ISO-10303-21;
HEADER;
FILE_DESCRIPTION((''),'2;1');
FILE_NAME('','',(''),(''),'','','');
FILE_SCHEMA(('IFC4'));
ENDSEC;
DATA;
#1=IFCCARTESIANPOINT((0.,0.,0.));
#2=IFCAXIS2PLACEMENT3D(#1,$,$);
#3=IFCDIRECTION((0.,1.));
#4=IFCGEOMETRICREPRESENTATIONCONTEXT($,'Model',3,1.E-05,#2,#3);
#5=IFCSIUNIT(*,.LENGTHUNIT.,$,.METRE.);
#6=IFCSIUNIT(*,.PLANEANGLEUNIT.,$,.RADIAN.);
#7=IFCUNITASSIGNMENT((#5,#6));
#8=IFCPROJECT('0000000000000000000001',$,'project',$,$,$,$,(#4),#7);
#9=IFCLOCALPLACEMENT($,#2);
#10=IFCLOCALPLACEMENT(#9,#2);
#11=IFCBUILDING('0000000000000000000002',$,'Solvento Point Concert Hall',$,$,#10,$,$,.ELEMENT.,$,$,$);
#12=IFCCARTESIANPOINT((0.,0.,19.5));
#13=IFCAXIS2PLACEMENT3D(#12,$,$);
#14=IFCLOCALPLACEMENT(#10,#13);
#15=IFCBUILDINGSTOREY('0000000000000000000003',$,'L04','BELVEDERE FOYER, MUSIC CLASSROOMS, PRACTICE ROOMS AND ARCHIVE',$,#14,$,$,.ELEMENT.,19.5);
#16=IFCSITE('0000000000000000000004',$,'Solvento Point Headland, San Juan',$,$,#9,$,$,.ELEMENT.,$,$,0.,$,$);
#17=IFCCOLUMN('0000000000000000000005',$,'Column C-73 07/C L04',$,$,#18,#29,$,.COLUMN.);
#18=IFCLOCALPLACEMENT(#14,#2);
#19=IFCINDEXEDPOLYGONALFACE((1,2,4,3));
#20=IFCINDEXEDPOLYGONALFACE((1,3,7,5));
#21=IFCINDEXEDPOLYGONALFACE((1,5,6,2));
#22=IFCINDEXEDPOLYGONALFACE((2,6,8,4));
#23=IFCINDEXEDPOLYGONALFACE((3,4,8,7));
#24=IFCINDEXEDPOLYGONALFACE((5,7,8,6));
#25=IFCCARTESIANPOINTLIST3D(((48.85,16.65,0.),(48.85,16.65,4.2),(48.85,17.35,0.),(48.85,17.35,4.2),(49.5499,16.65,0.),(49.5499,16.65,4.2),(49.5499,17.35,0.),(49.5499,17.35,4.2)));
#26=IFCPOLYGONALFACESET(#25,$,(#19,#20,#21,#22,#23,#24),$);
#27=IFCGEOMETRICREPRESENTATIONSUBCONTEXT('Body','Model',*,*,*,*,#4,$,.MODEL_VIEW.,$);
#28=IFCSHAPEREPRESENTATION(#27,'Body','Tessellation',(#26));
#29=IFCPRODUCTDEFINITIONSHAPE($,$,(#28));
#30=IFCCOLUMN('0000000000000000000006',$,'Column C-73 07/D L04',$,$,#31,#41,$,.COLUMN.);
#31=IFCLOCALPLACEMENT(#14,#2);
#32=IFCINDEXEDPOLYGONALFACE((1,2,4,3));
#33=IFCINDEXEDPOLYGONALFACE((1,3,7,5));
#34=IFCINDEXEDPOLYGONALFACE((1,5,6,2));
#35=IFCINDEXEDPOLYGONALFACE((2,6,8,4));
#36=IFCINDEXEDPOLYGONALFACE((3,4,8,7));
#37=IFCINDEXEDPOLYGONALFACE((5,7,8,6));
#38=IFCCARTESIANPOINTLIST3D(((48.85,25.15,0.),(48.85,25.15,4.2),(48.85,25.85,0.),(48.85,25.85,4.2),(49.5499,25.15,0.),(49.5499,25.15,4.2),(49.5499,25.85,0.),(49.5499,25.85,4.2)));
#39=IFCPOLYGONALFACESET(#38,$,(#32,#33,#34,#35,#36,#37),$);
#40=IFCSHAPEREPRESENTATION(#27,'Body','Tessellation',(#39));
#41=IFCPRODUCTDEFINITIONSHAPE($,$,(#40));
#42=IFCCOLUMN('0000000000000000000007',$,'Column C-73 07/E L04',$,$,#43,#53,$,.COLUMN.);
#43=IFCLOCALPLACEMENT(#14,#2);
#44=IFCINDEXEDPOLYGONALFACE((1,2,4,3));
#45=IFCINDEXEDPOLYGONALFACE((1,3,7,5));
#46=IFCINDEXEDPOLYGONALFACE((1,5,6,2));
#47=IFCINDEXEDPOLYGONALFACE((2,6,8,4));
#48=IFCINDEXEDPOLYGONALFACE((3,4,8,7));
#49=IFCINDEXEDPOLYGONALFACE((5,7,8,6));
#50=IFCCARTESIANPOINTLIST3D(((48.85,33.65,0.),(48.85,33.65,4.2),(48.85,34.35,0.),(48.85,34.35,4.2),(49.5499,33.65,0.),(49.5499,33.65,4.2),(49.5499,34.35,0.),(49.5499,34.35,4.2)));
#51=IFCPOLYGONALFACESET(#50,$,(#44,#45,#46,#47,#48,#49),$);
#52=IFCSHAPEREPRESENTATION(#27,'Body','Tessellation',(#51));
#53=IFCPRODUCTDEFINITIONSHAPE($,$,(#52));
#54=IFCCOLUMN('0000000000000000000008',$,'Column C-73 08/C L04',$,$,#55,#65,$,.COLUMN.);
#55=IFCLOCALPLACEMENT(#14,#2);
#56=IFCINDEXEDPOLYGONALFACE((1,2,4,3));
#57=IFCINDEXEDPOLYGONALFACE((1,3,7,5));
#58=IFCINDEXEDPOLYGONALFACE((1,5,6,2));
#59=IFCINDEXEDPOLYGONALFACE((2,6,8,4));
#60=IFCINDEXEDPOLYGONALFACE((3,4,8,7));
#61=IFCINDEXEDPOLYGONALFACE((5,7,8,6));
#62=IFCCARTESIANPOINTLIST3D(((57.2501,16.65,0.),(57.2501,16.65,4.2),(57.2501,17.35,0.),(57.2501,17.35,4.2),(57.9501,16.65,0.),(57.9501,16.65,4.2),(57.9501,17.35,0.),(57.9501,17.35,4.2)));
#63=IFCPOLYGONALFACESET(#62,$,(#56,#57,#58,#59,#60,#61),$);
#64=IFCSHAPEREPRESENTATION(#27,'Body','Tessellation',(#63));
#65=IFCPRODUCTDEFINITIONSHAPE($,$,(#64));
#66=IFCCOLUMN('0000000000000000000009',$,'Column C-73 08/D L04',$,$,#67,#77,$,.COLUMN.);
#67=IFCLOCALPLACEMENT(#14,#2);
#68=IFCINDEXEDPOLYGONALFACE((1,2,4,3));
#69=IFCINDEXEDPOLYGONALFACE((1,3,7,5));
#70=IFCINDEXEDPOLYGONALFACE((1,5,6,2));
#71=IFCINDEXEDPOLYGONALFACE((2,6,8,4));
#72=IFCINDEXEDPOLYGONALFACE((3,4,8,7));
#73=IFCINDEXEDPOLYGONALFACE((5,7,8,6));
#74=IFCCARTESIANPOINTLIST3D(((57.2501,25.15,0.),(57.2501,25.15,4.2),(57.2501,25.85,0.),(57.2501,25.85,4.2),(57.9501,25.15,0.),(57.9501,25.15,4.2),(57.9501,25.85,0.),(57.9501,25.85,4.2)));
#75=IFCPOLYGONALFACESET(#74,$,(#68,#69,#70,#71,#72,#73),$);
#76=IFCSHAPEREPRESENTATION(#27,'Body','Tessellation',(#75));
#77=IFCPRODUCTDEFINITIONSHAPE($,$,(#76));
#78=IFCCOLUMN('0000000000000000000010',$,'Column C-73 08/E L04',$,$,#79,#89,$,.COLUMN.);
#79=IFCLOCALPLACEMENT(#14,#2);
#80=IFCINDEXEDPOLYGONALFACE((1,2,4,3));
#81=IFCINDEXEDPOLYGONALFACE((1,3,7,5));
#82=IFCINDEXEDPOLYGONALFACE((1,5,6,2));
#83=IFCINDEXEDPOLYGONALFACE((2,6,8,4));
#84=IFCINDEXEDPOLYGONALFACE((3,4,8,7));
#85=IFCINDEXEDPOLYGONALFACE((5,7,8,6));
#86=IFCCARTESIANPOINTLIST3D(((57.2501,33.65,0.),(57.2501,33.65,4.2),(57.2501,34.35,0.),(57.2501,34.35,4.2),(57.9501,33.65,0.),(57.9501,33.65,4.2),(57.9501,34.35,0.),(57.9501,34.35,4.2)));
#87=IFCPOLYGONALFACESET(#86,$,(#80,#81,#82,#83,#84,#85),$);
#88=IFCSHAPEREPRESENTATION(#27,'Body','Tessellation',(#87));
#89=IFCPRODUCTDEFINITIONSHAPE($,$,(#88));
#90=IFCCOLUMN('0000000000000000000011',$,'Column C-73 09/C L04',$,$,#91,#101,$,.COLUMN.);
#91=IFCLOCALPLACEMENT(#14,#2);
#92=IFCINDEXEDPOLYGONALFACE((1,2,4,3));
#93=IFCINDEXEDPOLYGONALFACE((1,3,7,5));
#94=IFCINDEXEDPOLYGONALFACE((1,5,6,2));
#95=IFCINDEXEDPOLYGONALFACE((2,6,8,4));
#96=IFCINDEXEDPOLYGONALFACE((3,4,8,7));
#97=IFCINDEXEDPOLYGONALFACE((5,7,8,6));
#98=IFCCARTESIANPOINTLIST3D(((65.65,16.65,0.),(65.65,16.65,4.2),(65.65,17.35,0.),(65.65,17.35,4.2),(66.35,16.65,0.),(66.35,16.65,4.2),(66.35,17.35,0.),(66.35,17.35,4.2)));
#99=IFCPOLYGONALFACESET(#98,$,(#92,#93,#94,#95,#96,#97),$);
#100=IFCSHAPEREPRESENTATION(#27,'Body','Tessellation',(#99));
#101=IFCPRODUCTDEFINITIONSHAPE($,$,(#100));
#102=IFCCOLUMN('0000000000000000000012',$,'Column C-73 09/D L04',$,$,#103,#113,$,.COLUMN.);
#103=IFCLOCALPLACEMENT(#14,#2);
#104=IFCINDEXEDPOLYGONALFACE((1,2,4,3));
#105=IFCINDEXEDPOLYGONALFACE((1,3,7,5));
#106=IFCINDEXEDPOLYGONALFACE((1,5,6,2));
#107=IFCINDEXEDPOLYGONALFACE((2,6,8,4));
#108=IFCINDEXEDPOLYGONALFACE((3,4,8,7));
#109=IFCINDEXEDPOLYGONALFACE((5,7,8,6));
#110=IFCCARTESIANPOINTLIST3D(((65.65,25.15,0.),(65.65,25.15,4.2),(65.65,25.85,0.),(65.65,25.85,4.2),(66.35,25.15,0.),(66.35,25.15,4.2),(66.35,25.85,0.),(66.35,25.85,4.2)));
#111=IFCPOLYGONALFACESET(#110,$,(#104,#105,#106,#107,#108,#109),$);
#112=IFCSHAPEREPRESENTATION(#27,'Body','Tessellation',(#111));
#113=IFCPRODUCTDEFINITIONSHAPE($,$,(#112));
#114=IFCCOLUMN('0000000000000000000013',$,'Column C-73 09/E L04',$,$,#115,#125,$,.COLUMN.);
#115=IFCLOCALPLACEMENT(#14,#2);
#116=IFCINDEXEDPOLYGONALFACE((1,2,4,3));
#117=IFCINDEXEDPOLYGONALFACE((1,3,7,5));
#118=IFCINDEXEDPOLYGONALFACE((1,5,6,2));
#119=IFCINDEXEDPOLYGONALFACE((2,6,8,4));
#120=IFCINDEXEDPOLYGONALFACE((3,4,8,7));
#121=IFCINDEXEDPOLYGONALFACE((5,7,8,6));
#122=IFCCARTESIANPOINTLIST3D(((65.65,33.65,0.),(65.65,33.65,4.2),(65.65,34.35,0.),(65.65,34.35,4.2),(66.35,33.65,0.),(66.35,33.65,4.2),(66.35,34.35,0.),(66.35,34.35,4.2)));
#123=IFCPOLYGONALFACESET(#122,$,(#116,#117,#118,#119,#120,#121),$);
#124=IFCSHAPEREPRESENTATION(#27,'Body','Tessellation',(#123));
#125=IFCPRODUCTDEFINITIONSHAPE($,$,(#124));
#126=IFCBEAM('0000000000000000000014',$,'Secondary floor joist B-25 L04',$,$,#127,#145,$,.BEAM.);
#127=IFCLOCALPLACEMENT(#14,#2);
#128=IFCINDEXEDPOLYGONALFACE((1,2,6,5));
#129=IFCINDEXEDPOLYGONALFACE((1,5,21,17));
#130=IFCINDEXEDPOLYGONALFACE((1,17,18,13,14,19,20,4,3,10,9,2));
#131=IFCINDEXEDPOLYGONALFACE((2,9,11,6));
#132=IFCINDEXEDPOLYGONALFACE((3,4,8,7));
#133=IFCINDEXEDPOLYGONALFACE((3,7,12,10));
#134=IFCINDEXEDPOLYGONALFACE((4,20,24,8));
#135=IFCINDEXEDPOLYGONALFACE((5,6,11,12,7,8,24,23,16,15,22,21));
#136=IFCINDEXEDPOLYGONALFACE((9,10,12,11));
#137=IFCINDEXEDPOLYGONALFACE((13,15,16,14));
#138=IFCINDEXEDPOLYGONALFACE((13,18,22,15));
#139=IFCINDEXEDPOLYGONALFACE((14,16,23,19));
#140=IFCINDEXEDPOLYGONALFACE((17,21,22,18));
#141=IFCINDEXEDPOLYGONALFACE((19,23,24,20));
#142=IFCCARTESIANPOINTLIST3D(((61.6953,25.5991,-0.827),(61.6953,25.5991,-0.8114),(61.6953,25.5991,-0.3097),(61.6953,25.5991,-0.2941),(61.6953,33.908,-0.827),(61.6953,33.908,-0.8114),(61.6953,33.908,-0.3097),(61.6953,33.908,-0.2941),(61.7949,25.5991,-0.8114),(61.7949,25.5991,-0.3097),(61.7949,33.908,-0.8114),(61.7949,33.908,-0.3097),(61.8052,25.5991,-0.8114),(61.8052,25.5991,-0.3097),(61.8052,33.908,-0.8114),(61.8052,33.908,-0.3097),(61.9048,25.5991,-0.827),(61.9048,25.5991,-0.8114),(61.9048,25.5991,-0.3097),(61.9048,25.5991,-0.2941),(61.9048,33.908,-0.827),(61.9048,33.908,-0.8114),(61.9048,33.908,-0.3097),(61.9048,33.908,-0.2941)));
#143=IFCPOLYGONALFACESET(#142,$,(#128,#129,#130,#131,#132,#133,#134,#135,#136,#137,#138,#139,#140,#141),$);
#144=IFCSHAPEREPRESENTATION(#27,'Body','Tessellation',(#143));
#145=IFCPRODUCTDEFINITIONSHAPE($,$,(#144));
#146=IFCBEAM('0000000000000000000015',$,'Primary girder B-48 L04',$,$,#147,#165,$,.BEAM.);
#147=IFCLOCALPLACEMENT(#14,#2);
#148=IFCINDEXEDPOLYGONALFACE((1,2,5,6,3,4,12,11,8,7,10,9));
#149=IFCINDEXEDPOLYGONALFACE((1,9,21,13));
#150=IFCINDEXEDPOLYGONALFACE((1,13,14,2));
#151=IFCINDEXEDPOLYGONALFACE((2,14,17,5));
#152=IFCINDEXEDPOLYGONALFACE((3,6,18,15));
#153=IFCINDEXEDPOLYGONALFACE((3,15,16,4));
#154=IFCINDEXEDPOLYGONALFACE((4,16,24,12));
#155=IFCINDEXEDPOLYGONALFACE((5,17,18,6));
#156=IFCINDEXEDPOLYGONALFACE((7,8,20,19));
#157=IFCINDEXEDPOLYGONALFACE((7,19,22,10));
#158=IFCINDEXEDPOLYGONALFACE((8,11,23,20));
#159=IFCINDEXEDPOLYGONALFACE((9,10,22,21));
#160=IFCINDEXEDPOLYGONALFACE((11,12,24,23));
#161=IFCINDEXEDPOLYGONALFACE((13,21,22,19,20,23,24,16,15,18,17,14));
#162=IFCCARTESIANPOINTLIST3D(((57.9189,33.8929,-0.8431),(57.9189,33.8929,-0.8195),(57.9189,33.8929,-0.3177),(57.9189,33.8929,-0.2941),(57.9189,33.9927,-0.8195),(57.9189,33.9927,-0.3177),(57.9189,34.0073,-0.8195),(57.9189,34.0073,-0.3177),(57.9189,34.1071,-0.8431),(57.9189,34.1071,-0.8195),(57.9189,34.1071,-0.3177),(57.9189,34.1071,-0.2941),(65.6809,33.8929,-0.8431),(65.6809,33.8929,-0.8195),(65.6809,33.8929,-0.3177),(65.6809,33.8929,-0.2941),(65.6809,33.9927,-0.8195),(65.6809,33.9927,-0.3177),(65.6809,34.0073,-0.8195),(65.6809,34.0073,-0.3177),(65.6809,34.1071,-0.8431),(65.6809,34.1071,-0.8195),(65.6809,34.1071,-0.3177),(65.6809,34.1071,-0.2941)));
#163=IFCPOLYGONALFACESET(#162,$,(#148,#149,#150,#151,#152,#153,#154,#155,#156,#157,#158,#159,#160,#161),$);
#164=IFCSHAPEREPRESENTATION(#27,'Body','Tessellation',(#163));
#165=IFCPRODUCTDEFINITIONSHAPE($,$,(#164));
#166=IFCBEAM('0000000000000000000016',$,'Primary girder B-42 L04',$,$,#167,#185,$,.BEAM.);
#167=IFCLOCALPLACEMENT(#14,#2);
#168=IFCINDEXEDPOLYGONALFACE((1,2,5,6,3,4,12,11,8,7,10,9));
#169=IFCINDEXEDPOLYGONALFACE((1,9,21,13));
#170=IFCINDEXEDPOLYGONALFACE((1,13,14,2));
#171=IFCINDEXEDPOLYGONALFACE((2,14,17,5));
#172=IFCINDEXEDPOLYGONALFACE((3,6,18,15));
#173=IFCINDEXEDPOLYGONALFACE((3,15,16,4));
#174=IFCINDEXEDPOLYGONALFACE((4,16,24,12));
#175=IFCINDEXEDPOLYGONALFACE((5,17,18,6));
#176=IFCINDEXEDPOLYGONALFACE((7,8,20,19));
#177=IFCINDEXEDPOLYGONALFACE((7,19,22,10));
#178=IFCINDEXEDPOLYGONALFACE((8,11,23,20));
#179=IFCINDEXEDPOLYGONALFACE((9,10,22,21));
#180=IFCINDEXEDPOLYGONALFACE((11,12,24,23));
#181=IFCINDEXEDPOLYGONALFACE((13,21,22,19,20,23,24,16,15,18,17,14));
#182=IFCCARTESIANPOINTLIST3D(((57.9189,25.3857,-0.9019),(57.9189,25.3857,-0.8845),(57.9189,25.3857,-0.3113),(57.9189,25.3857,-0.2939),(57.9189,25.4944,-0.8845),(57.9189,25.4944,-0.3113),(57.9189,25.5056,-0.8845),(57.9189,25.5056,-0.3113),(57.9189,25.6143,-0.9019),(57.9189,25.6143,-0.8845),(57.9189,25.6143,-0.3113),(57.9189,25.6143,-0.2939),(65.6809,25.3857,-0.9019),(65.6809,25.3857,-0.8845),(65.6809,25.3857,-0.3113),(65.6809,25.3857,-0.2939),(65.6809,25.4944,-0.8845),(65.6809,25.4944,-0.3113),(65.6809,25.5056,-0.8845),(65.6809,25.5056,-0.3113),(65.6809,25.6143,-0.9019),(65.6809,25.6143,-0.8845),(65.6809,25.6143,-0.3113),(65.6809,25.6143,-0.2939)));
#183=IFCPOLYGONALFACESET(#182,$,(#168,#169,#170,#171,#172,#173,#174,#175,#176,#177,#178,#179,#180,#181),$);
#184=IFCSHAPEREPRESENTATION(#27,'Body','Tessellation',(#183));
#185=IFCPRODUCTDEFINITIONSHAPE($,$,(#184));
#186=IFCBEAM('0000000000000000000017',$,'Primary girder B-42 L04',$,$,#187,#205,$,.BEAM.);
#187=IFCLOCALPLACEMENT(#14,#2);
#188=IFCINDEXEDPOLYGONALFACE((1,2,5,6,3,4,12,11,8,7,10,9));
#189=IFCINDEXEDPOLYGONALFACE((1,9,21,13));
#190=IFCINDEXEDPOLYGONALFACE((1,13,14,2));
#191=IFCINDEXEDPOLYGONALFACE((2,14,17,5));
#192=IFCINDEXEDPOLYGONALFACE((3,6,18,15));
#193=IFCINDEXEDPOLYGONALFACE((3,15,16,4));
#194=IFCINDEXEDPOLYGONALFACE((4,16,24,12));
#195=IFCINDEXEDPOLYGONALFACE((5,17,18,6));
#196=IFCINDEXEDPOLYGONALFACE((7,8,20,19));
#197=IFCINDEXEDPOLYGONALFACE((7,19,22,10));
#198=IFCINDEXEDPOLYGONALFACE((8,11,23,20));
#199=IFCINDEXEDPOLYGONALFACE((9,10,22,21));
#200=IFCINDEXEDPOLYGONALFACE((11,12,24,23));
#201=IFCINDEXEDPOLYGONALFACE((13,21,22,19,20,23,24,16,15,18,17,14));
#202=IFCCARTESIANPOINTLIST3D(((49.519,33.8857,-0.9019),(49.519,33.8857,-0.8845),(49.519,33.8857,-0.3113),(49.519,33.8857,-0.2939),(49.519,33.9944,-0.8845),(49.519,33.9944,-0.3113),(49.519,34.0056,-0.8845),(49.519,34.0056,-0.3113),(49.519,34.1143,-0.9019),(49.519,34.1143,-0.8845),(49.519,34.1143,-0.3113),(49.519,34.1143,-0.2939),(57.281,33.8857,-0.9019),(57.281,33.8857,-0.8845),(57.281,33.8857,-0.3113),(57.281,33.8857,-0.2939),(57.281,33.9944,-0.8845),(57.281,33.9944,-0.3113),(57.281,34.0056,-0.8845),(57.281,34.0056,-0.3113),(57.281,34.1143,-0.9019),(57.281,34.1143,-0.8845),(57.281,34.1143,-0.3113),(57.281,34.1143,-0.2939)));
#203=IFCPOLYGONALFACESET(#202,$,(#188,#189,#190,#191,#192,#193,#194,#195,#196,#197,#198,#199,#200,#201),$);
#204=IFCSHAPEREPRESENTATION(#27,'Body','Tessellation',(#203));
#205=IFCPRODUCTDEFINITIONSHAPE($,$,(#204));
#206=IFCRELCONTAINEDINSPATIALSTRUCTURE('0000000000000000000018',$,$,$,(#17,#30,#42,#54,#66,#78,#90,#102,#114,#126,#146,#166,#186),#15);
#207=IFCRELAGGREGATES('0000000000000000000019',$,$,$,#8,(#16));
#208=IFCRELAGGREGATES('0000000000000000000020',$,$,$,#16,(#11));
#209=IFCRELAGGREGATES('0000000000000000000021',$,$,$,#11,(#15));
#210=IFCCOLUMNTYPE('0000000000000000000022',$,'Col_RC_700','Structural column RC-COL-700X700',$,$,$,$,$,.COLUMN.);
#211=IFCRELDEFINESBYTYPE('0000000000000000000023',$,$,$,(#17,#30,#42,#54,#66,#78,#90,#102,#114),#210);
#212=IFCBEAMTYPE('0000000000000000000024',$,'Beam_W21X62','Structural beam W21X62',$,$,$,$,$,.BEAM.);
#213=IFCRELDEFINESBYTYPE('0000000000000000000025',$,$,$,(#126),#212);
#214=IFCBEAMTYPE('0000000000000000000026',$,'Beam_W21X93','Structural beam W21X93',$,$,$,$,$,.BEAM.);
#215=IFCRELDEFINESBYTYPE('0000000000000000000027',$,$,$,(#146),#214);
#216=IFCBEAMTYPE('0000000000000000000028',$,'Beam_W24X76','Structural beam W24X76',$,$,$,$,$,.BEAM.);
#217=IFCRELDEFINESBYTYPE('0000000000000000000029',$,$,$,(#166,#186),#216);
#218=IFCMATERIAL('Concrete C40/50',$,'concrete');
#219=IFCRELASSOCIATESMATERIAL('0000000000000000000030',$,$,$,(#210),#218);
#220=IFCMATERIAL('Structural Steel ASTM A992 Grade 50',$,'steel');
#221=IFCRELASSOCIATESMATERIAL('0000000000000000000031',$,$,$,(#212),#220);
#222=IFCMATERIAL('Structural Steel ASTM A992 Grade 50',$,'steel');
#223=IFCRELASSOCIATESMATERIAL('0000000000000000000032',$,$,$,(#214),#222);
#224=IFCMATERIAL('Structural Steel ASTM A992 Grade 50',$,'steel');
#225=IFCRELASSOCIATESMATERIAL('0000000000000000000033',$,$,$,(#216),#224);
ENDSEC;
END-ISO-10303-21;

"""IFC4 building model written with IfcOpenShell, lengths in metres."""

from ifc_helpers import new_model, si_unit, direction, frame, origin, origin_2d, place, context, subcontext, project, spatial, rectangle, i_section, extrude, material, material_profile, profile_set, type_object, element, save


model = new_model("IFC4")

# Units and contexts
model_context = context("Model", 3, precision=1e-05, world=origin(), true_north=direction((0.0, 1.0)))
body_context = subcontext(model_context, "Body", "Model", "MODEL_VIEW")
ifc_project = project(units=[si_unit("LENGTHUNIT", "METRE"), si_unit("PLANEANGLEUNIT", "RADIAN")], contexts=[model_context])

# Site, building, storey
site_placement = place(None, origin())
site = spatial("IfcSite", under=ifc_project, at=site_placement, Name="Solvento Point Headland, San Juan", CompositionType="ELEMENT", RefElevation=0.0)
building_placement = place(site_placement, origin())
building = spatial("IfcBuilding", under=site, at=building_placement, Name="Solvento Point Concert Hall", CompositionType="ELEMENT")
storey_placement = place(building_placement, frame((0.0, 0.0, 19.5)))
storey = spatial("IfcBuildingStorey", under=building, at=storey_placement, Name="L04", Description="BELVEDERE FOYER, MUSIC CLASSROOMS, PRACTICE ROOMS AND ARCHIVE", CompositionType="ELEMENT", Elevation=19.5)

# Columns
ifc_material_1 = material(Name="Concrete C40/50", Category="concrete")
ifc_material_profile_1 = material_profile(ifc_material_1, rectangle(XDim=0.7, YDim=0.7, at=origin_2d()), Name="RC-COL-700X700")
ifc_profile_set_1 = profile_set([ifc_material_profile_1], Name="Concrete C40/50")
column_type = type_object("IfcColumnType", Name="Col_RC_700", Description="Structural column RC-COL-700X700", PredefinedType="COLUMN", material=ifc_profile_set_1)
for number, where, z_axis, x_axis, name in (
    (1, (49.2, 17.0, 0.0), (0.0, 0.0, 1.0), (1.0, 0.0, 0.0), "Column C-73 07/C L04"),
    (2, (49.2, 25.5, 0.0), (0.0, 0.0, 1.0), (1.0, 0.0, 0.0), "Column C-73 07/D L04"),
    (3, (49.2, 34.0, 0.0), (0.0, 0.0, 1.0), (1.0, 0.0, 0.0), "Column C-73 07/E L04"),
    (4, (57.6001, 17.0, 0.0), (0.0, 0.0, 1.0), (1.0, 0.0, 0.0), "Column C-73 08/C L04"),
    (5, (57.6001, 25.5, 0.0), (0.0, 0.0, 1.0), (1.0, 0.0, 0.0), "Column C-73 08/D L04"),
    (6, (57.6001, 34.0, 0.0), (0.0, 0.0, 1.0), (1.0, 0.0, 0.0), "Column C-73 08/E L04"),
    (7, (66.0, 17.0, 0.0), (0.0, 0.0, 1.0), (1.0, 0.0, 0.0), "Column C-73 09/C L04"),
    (8, (66.0, 25.5, 0.0), (0.0, 0.0, 1.0), (1.0, 0.0, 0.0), "Column C-73 09/D L04"),
    (9, (66.0, 34.0, 0.0), (0.0, 0.0, 1.0), (1.0, 0.0, 0.0), "Column C-73 09/E L04"),
):
    element("IfcColumn", number, at=place(storey_placement, frame(where, z_axis=z_axis, x_axis=x_axis)), inside=storey, type_object=column_type, Name=name, PredefinedType="COLUMN", context=body_context, shape_type="SweptSolid", body=[
        extrude(rectangle(XDim=0.7, YDim=0.7, at=origin_2d()), origin(), (0.0, 0.0, 1.0), 4.2),
    ])

# Beams
ifc_material_2 = material(Name="Structural Steel ASTM A992 Grade 50", Category="steel")
ifc_material_profile_2 = material_profile(ifc_material_2, i_section(OverallWidth=0.2095, OverallDepth=0.533, WebThickness=0.0103, FlangeThickness=0.0156, at=origin_2d()), Name="W21X62")
ifc_profile_set_2 = profile_set([ifc_material_profile_2], Name="Structural Steel ASTM A992 Grade 50")
beam_type_1 = type_object("IfcBeamType", Name="Beam_W21X62", Description="Structural beam W21X62", PredefinedType="BEAM", material=ifc_profile_set_2)
beam_1_placement = place(storey_placement, frame((61.8, 25.5991, -0.5605), z_axis=(0.0, 1.0, 0.0), x_axis=(-1.0, 0.0, 0.0)))
element("IfcBeam", 10, at=beam_1_placement, inside=storey, type_object=beam_type_1, Name="Secondary floor joist B-25 L04", PredefinedType="BEAM", context=body_context, shape_type="SweptSolid", body=[
    extrude(i_section(OverallWidth=0.2095, OverallDepth=0.533, WebThickness=0.0103, FlangeThickness=0.0156, at=origin_2d()), origin(), (0.0, 0.0, 1.0), 8.3088),
])
ifc_material_3 = material(Name="Structural Steel ASTM A992 Grade 50", Category="steel")
ifc_material_profile_3 = material_profile(ifc_material_3, i_section(OverallWidth=0.2141, OverallDepth=0.5491, WebThickness=0.0146, FlangeThickness=0.0237, at=origin_2d()), Name="W21X93")
ifc_profile_set_3 = profile_set([ifc_material_profile_3], Name="Structural Steel ASTM A992 Grade 50")
beam_type_2 = type_object("IfcBeamType", Name="Beam_W21X93", Description="Structural beam W21X93", PredefinedType="BEAM", material=ifc_profile_set_3)
beam_2_placement = place(storey_placement, frame((57.9189, 34.0, -0.5686), z_axis=(1.0, 0.0, 0.0), x_axis=(0.0, 1.0, 0.0)))
element("IfcBeam", 11, at=beam_2_placement, inside=storey, type_object=beam_type_2, Name="Primary girder B-48 L04", PredefinedType="BEAM", context=body_context, shape_type="SweptSolid", body=[
    extrude(i_section(OverallWidth=0.2141, OverallDepth=0.5491, WebThickness=0.0146, FlangeThickness=0.0237, at=origin_2d()), origin(), (0.0, 0.0, 1.0), 7.762),
])
ifc_material_4 = material(Name="Structural Steel ASTM A992 Grade 50", Category="steel")
ifc_material_profile_4 = material_profile(ifc_material_4, i_section(OverallWidth=0.2285, OverallDepth=0.6079, WebThickness=0.0112, FlangeThickness=0.0173, at=origin_2d()), Name="W24X76")
ifc_profile_set_4 = profile_set([ifc_material_profile_4], Name="Structural Steel ASTM A992 Grade 50")
beam_type_3 = type_object("IfcBeamType", Name="Beam_W24X76", Description="Structural beam W24X76", PredefinedType="BEAM", material=ifc_profile_set_4)
for number, where, z_axis, x_axis, name in (
    (12, (57.9189, 25.5, -0.5979), (1.0, 0.0, 0.0), (0.0, 1.0, 0.0), "Primary girder B-42 L04"),
    (13, (49.519, 34.0, -0.5979), (1.0, 0.0, 0.0), (0.0, 1.0, 0.0), "Primary girder B-42 L04"),
):
    element("IfcBeam", number, at=place(storey_placement, frame(where, z_axis=z_axis, x_axis=x_axis)), inside=storey, type_object=beam_type_3, Name=name, PredefinedType="BEAM", context=body_context, shape_type="SweptSolid", body=[
        extrude(i_section(OverallWidth=0.2285, OverallDepth=0.6079, WebThickness=0.0112, FlangeThickness=0.0173, at=origin_2d()), origin(), (0.0, 0.0, 1.0), 7.762),
    ])

save(model, "model.ifc")
